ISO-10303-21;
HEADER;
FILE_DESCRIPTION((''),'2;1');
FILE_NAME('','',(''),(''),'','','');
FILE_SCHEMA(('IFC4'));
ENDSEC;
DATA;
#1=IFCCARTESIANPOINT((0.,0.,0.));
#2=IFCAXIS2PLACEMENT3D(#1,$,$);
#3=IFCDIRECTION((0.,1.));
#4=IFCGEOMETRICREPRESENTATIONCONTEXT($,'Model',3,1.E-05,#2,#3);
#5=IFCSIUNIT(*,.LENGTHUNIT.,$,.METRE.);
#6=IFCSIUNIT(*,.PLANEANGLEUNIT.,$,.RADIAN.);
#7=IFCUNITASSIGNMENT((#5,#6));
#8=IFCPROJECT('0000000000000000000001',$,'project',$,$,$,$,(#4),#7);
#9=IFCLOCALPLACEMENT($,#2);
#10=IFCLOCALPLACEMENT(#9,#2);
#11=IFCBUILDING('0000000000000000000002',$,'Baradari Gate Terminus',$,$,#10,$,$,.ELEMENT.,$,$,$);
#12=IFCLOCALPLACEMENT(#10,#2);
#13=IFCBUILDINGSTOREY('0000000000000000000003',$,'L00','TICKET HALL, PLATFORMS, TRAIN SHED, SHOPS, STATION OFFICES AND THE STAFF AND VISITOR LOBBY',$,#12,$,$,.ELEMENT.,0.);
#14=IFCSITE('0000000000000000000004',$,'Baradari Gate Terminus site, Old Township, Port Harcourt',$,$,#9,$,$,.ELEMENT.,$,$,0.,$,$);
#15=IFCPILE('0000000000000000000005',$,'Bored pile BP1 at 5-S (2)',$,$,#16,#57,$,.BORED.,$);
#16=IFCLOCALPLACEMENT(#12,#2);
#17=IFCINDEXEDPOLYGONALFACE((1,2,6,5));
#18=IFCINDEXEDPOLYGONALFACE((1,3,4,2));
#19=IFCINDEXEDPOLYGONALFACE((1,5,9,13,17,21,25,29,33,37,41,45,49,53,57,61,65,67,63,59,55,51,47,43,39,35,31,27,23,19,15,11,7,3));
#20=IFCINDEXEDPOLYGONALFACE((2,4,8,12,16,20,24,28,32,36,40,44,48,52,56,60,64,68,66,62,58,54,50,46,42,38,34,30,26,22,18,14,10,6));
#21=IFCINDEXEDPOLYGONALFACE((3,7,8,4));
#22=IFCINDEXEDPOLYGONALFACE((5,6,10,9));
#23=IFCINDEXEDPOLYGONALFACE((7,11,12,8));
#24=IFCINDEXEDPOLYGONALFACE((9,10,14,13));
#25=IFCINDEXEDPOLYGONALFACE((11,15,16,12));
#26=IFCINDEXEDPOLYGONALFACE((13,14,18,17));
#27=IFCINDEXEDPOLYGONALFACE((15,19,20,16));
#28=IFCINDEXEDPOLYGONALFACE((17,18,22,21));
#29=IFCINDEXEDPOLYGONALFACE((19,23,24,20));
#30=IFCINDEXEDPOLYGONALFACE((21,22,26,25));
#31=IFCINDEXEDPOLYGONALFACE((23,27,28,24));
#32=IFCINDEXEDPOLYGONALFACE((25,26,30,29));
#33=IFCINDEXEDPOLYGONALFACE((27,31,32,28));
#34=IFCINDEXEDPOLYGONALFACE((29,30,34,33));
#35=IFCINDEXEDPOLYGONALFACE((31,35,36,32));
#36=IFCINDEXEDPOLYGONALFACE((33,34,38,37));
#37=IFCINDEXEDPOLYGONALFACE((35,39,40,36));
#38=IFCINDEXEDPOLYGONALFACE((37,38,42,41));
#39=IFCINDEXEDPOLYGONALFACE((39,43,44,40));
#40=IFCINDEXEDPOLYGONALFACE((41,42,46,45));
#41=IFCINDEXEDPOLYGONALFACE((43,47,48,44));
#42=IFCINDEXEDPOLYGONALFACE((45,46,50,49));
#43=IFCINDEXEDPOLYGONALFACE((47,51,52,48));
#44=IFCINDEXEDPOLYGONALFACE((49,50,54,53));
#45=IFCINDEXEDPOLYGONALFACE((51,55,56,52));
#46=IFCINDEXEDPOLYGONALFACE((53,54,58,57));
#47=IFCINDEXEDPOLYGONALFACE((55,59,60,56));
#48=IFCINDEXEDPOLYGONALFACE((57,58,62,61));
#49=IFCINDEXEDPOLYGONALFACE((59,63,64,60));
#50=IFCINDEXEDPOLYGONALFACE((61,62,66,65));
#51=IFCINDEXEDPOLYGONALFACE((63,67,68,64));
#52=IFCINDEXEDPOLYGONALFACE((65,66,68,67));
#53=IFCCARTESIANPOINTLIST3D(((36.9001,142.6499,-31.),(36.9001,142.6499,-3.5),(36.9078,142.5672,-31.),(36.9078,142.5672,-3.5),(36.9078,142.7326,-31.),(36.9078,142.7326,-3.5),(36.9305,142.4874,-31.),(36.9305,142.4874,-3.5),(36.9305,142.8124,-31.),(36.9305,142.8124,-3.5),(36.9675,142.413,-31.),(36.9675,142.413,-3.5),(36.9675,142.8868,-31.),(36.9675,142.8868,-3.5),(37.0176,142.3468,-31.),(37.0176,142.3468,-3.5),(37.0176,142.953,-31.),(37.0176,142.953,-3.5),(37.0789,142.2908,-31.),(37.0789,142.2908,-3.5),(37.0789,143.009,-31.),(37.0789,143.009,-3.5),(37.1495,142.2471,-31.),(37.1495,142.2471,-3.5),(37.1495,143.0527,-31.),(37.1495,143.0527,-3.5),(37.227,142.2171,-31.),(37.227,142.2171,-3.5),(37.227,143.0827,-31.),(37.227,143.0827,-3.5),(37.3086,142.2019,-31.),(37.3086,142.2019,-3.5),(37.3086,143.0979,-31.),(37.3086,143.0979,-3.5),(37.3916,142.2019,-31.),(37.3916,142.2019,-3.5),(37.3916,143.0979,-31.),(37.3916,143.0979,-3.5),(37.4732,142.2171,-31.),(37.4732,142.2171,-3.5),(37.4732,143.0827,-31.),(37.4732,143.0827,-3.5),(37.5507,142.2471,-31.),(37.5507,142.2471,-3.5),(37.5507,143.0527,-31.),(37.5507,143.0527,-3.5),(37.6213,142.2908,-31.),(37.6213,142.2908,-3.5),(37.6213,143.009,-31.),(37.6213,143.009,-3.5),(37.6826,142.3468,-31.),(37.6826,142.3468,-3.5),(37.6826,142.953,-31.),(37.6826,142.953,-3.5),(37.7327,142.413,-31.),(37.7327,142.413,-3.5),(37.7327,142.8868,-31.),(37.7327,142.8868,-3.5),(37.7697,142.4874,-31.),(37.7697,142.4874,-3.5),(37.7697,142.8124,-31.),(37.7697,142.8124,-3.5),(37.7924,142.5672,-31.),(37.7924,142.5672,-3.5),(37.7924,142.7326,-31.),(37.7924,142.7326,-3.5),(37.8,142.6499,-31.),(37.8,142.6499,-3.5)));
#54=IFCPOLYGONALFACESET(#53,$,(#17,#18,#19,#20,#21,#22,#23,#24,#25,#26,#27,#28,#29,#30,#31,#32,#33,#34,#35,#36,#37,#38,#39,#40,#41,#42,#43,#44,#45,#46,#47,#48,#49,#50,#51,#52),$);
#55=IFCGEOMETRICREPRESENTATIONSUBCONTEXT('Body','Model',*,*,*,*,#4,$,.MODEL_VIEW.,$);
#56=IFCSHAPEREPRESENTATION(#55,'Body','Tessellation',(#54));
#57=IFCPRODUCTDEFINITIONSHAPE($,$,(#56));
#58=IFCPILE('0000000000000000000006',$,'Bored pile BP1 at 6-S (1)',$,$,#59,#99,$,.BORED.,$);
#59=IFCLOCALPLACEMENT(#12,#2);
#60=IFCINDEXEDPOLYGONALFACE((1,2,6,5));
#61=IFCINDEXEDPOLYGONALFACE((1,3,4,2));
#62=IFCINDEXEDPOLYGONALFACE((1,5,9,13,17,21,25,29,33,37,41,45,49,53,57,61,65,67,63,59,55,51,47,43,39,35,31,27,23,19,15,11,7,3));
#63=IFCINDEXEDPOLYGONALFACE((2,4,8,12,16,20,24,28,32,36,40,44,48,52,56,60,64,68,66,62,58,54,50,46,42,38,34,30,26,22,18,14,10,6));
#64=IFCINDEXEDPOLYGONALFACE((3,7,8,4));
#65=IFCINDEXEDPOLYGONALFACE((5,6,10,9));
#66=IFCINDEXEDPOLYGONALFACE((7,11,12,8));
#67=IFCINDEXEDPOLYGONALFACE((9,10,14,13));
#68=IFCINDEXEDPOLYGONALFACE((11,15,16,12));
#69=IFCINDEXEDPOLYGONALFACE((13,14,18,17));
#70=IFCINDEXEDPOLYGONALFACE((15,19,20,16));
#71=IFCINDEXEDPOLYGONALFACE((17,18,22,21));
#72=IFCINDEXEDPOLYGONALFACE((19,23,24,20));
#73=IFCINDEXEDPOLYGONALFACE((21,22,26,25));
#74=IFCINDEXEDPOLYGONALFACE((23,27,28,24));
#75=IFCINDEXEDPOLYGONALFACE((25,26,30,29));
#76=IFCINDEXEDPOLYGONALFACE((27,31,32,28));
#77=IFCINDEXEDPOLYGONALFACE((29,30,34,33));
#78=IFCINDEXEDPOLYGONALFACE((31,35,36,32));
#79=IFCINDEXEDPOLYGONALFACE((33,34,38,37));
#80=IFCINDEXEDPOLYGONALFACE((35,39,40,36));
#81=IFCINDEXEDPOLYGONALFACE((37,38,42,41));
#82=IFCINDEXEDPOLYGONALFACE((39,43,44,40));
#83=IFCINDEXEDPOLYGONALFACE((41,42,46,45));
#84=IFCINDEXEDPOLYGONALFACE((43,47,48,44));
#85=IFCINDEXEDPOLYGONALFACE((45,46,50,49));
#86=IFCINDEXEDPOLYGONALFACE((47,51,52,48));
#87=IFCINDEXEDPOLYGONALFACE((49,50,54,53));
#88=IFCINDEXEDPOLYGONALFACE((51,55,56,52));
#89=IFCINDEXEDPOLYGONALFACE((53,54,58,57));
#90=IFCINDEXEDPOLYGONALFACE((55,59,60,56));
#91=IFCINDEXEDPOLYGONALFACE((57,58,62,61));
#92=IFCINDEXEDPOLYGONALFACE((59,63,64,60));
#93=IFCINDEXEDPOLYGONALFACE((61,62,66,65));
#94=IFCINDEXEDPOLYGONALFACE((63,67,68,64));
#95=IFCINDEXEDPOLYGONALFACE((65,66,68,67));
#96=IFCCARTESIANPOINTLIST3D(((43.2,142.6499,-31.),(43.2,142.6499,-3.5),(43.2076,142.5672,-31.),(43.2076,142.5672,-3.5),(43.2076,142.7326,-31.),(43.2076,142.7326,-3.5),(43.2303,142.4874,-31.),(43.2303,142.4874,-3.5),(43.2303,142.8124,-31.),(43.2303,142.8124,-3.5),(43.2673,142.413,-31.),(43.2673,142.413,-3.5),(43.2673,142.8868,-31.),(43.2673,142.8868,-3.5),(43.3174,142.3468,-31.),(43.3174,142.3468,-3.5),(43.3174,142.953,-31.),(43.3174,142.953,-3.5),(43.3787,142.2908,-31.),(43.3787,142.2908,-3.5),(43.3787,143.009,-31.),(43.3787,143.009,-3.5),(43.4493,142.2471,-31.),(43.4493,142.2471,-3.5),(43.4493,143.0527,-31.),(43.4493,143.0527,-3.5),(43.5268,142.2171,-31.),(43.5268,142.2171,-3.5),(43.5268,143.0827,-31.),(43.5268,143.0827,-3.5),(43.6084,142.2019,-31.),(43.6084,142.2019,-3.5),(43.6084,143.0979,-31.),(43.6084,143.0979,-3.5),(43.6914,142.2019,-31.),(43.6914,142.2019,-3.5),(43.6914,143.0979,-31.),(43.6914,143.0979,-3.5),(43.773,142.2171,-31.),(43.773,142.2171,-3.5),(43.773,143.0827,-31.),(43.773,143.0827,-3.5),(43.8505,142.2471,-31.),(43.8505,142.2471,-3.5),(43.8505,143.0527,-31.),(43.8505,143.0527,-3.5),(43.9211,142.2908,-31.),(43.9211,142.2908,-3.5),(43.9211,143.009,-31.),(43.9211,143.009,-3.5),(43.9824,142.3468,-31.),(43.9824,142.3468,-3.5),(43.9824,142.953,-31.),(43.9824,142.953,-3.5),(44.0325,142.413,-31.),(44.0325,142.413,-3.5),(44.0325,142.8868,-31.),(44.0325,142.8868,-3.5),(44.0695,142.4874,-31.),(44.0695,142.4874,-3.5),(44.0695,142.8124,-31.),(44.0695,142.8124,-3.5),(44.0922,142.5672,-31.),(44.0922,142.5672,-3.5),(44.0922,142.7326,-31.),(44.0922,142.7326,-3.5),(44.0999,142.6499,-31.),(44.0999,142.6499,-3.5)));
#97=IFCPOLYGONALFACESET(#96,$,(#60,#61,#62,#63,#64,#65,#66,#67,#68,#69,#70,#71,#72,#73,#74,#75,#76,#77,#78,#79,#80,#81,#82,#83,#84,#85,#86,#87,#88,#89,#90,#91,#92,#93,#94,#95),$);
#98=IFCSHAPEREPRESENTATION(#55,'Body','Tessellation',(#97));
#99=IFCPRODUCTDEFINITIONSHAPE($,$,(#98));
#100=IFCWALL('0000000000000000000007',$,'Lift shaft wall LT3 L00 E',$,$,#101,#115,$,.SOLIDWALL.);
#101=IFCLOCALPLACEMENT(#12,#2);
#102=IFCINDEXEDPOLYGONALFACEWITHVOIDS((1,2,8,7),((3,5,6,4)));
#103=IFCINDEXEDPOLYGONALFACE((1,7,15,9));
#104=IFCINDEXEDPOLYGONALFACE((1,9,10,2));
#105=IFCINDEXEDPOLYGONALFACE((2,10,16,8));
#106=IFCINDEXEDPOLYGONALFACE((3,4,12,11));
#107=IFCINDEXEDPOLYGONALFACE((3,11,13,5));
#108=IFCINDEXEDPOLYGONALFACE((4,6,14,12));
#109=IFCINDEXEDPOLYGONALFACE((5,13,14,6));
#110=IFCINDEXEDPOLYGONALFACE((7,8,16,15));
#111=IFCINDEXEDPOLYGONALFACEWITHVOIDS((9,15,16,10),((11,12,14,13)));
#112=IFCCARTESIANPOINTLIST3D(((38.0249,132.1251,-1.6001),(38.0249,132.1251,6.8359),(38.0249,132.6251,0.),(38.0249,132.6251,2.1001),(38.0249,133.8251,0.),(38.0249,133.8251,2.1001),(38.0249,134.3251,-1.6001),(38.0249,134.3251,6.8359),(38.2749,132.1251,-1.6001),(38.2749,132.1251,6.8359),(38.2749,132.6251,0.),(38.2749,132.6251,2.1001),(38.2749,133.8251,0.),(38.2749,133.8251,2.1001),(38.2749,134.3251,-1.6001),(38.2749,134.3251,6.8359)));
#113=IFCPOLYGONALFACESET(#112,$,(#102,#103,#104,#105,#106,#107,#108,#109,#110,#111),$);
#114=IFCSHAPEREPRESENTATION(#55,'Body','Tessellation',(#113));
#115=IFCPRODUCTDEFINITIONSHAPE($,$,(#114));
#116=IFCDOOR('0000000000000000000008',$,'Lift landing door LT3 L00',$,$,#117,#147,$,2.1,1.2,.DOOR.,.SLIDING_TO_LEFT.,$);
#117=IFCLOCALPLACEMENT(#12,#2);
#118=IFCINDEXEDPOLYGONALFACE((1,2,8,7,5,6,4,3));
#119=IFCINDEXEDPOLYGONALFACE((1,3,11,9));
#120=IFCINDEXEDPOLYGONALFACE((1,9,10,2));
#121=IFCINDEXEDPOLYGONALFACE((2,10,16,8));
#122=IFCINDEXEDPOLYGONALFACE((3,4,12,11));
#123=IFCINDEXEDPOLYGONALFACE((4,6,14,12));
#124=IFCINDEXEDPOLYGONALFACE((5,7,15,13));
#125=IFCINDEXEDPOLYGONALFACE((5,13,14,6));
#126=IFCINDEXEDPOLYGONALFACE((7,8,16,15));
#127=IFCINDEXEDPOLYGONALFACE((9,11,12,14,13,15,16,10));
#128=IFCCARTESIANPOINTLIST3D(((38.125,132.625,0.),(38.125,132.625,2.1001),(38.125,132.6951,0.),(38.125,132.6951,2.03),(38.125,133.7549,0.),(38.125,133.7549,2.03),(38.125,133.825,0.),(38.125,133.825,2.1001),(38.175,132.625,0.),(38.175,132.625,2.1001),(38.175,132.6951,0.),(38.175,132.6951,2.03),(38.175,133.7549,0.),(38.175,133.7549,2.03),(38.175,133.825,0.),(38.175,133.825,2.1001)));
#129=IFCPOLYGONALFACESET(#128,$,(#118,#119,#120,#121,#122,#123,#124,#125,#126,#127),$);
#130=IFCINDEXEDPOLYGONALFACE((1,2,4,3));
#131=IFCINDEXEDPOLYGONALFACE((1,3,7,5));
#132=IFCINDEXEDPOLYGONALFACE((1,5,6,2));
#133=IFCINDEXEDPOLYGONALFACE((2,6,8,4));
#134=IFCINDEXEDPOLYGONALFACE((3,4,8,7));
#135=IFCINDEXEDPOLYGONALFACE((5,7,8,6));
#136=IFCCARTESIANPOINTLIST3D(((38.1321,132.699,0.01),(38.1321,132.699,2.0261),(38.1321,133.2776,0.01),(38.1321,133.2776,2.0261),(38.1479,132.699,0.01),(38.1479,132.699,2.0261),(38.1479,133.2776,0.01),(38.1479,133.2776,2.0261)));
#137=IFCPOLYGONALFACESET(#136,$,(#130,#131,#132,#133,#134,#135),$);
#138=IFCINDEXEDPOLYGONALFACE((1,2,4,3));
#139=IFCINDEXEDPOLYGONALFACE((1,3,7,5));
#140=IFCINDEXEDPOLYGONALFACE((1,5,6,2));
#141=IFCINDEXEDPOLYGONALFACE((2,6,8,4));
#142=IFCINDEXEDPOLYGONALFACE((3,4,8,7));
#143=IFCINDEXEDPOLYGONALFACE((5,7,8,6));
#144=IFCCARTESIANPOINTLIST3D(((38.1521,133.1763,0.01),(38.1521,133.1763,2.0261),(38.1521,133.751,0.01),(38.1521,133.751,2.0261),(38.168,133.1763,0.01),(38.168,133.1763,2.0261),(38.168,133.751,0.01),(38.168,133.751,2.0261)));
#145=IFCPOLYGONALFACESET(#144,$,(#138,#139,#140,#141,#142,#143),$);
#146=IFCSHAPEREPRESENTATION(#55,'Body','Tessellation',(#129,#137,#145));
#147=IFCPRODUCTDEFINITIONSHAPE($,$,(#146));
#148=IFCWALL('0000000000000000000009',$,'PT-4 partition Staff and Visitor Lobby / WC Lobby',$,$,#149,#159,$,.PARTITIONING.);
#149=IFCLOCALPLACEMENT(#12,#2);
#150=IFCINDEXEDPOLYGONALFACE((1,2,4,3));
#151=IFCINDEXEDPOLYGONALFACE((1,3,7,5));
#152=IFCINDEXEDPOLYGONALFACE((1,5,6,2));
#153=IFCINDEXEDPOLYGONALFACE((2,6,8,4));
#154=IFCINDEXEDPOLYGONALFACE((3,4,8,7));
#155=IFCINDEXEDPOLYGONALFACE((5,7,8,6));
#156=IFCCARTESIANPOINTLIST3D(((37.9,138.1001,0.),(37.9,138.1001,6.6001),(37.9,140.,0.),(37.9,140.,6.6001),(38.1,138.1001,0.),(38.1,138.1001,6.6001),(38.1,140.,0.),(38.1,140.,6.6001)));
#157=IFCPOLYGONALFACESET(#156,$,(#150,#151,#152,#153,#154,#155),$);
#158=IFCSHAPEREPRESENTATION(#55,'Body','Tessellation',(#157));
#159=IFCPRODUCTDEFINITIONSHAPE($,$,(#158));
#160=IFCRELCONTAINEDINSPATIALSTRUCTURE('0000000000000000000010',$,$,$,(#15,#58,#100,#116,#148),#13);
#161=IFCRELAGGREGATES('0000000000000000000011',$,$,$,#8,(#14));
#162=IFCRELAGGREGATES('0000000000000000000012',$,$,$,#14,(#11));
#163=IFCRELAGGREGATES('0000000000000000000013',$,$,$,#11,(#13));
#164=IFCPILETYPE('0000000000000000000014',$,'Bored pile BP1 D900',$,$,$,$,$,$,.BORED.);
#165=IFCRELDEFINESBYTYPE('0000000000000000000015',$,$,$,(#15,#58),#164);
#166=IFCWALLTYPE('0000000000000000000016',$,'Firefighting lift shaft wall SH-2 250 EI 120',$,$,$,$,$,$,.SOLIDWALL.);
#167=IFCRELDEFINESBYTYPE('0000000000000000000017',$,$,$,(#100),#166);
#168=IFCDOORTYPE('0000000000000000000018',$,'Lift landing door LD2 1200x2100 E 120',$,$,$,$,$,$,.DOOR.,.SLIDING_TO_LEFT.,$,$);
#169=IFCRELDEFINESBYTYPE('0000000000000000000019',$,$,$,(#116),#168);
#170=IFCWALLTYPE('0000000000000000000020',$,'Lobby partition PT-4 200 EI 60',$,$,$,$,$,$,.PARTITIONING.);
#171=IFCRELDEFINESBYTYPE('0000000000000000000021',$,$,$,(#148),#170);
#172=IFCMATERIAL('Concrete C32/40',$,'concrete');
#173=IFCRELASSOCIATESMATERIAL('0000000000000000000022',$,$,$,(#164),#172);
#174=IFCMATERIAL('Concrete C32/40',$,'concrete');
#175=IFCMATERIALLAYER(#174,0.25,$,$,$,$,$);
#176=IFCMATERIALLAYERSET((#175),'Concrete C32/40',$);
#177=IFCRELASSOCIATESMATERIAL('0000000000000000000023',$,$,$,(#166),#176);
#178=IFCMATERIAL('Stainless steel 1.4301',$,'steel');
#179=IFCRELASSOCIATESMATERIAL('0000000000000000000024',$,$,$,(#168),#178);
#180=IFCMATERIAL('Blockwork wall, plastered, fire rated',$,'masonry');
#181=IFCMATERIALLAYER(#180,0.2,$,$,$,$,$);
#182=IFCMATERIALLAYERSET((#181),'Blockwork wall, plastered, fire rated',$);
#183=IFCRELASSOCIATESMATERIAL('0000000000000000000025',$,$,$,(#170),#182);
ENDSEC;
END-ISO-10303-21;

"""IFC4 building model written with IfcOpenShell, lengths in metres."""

from ifc_helpers import new_model, si_unit, direction, frame, frame_2d, origin, origin_2d, place, context, subcontext, project, spatial, polyline, rectangle, circle, outline, extrude, material, layer, layer_set, type_object, element, fill, save


model = new_model("IFC4")

# Units and contexts
model_context = context("Model", 3, precision=1e-05, world=origin(), true_north=direction((0.0, 1.0)))
body_context = subcontext(model_context, "Body", "Model", "MODEL_VIEW")
ifc_project = project(units=[si_unit("LENGTHUNIT", "METRE"), si_unit("PLANEANGLEUNIT", "RADIAN")], contexts=[model_context])

# Site, building, storey
site_placement = place(None, origin())
site = spatial("IfcSite", under=ifc_project, at=site_placement, Name="Baradari Gate Terminus site, Old Township, Port Harcourt", CompositionType="ELEMENT", RefElevation=0.0)
building_placement = place(site_placement, origin())
building = spatial("IfcBuilding", under=site, at=building_placement, Name="Baradari Gate Terminus", CompositionType="ELEMENT")
storey_placement = place(building_placement, origin())
storey = spatial("IfcBuildingStorey", under=building, at=storey_placement, Name="L00", Description="TICKET HALL, PLATFORMS, TRAIN SHED, SHOPS, STATION OFFICES AND THE STAFF AND VISITOR LOBBY", CompositionType="ELEMENT", Elevation=0.0)

# Piles
ifc_material_1 = material(Name="Concrete C32/40", Category="concrete")
pile_type = type_object("IfcPileType", Name="Bored pile BP1 D900", PredefinedType="BORED", material=ifc_material_1)
for number, where, z_axis, x_axis, name in (
    (1, (37.3501, 142.6499, -3.5), (0.0, 0.0, -1.0), (1.0, 0.0, 0.0), "Bored pile BP1 at 5-S (2)"),
    (2, (43.6499, 142.6499, -3.5), (0.0, 0.0, -1.0), (1.0, 0.0, 0.0), "Bored pile BP1 at 6-S (1)"),
):
    element("IfcPile", number, at=place(storey_placement, frame(where, z_axis=z_axis, x_axis=x_axis)), inside=storey, type_object=pile_type, Name=name, PredefinedType="BORED", context=body_context, shape_type="SweptSolid", body=[
        extrude(circle(Radius=0.45, at=origin_2d()), origin(), (0.0, 0.0, 1.0), 27.5),
    ])

# Wall, opening, door
ifc_material_2 = material(Name="Concrete C32/40", Category="concrete")
ifc_layer_1 = layer(ifc_material_2, 0.25)
ifc_layer_set_1 = layer_set([ifc_layer_1], Name="Concrete C32/40")
wall_type_1 = type_object("IfcWallType", Name="Firefighting lift shaft wall SH-2 250 EI 120", PredefinedType="SOLIDWALL", material=ifc_layer_set_1)
wall_1_placement = place(storey_placement, frame((38.1499, 132.125, -1.6001), z_axis=(0.0, 0.0, 1.0), x_axis=(0.0, 1.0, 0.0)))
wall_1 = element("IfcWall", 3, at=wall_1_placement, inside=storey, type_object=wall_type_1, Name="Lift shaft wall LT3 L00 E", PredefinedType="SOLIDWALL", context=body_context, shape_type="SweptSolid", body=[
    extrude(rectangle(XDim=2.2, YDim=0.25, at=frame_2d((1.1001, 0.0))), origin(), (0.0, 0.0, 1.0), 8.436),
])
opening_1_placement = place(wall_1_placement, frame((0.5, 0.0, 1.6001)))
opening_1 = element("IfcOpeningElement", 4, at=opening_1_placement, cuts=wall_1, PredefinedType="OPENING", context=body_context, shape_type="SweptSolid", body=[
    extrude(rectangle(XDim=1.2, YDim=2.1001, at=frame_2d((0.6001, 1.05))), frame((0.0, 0.135, 0.0), z_axis=(0.0, -1.0, 0.0), x_axis=(1.0, 0.0, 0.0)), (0.0, 0.0, 1.0), 0.27),
])
ifc_material_3 = material(Name="Stainless steel 1.4301", Category="steel")
door_type_1 = type_object("IfcDoorType", Name="Lift landing door LD2 1200x2100 E 120", OperationType="SLIDING_TO_LEFT", PredefinedType="DOOR", material=ifc_material_3)
door_1_placement = place(opening_1_placement, origin())
door_1 = element("IfcDoor", 5, at=door_1_placement, inside=storey, type_object=door_type_1, Name="Lift landing door LT3 L00", OperationType="SLIDING_TO_LEFT", OverallHeight=2.1, OverallWidth=1.2, PredefinedType="DOOR", context=body_context, shape_type="SweptSolid", body=[
    extrude(outline(polyline([(0.0, 0.0), (0.0701, 0.0), (0.0701, 2.03), (1.1299, 2.03), (1.1299, 0.0), (1.2, 0.0), (1.2, 2.1001), (0.0, 2.1001), (0.0, 0.0)])), frame((0.0, 0.0249, 0.0), z_axis=(0.0, -1.0, 0.0), x_axis=(1.0, 0.0, 0.0)), (0.0, 0.0, 1.0), 0.05),
    extrude(rectangle(XDim=0.5786, YDim=2.0161, at=frame_2d((0.3633, 1.0181))), frame((0.0, 0.0178, 0.0), z_axis=(0.0, -1.0, 0.0), x_axis=(1.0, 0.0, 0.0)), (0.0, 0.0, 1.0), 0.0159),
    extrude(rectangle(XDim=0.5747, YDim=2.0161, at=frame_2d((0.8386, 1.0181))), frame((0.0, -0.0022, 0.0), z_axis=(0.0, -1.0, 0.0), x_axis=(1.0, 0.0, 0.0)), (0.0, 0.0, 1.0), 0.0159),
])
fill(opening_1, door_1)

# Wall
ifc_material_4 = material(Name="Blockwork wall, plastered, fire rated", Category="masonry")
ifc_layer_2 = layer(ifc_material_4, 0.2)
ifc_layer_set_2 = layer_set([ifc_layer_2], Name="Blockwork wall, plastered, fire rated")
wall_type_2 = type_object("IfcWallType", Name="Lobby partition PT-4 200 EI 60", PredefinedType="PARTITIONING", material=ifc_layer_set_2)
wall_2_placement = place(storey_placement, frame((38.0, 140.0, 0.0), z_axis=(0.0, 0.0, 1.0), x_axis=(0.0, -1.0, 0.0)))
element("IfcWall", 6, at=wall_2_placement, inside=storey, type_object=wall_type_2, Name="PT-4 partition Staff and Visitor Lobby / WC Lobby", PredefinedType="PARTITIONING", context=body_context, shape_type="SweptSolid", body=[
    extrude(rectangle(XDim=1.8999, YDim=0.2, at=frame_2d((0.95, 0.0))), origin(), (0.0, 0.0, 1.0), 6.6001),
])

save(model, "model.ifc")
